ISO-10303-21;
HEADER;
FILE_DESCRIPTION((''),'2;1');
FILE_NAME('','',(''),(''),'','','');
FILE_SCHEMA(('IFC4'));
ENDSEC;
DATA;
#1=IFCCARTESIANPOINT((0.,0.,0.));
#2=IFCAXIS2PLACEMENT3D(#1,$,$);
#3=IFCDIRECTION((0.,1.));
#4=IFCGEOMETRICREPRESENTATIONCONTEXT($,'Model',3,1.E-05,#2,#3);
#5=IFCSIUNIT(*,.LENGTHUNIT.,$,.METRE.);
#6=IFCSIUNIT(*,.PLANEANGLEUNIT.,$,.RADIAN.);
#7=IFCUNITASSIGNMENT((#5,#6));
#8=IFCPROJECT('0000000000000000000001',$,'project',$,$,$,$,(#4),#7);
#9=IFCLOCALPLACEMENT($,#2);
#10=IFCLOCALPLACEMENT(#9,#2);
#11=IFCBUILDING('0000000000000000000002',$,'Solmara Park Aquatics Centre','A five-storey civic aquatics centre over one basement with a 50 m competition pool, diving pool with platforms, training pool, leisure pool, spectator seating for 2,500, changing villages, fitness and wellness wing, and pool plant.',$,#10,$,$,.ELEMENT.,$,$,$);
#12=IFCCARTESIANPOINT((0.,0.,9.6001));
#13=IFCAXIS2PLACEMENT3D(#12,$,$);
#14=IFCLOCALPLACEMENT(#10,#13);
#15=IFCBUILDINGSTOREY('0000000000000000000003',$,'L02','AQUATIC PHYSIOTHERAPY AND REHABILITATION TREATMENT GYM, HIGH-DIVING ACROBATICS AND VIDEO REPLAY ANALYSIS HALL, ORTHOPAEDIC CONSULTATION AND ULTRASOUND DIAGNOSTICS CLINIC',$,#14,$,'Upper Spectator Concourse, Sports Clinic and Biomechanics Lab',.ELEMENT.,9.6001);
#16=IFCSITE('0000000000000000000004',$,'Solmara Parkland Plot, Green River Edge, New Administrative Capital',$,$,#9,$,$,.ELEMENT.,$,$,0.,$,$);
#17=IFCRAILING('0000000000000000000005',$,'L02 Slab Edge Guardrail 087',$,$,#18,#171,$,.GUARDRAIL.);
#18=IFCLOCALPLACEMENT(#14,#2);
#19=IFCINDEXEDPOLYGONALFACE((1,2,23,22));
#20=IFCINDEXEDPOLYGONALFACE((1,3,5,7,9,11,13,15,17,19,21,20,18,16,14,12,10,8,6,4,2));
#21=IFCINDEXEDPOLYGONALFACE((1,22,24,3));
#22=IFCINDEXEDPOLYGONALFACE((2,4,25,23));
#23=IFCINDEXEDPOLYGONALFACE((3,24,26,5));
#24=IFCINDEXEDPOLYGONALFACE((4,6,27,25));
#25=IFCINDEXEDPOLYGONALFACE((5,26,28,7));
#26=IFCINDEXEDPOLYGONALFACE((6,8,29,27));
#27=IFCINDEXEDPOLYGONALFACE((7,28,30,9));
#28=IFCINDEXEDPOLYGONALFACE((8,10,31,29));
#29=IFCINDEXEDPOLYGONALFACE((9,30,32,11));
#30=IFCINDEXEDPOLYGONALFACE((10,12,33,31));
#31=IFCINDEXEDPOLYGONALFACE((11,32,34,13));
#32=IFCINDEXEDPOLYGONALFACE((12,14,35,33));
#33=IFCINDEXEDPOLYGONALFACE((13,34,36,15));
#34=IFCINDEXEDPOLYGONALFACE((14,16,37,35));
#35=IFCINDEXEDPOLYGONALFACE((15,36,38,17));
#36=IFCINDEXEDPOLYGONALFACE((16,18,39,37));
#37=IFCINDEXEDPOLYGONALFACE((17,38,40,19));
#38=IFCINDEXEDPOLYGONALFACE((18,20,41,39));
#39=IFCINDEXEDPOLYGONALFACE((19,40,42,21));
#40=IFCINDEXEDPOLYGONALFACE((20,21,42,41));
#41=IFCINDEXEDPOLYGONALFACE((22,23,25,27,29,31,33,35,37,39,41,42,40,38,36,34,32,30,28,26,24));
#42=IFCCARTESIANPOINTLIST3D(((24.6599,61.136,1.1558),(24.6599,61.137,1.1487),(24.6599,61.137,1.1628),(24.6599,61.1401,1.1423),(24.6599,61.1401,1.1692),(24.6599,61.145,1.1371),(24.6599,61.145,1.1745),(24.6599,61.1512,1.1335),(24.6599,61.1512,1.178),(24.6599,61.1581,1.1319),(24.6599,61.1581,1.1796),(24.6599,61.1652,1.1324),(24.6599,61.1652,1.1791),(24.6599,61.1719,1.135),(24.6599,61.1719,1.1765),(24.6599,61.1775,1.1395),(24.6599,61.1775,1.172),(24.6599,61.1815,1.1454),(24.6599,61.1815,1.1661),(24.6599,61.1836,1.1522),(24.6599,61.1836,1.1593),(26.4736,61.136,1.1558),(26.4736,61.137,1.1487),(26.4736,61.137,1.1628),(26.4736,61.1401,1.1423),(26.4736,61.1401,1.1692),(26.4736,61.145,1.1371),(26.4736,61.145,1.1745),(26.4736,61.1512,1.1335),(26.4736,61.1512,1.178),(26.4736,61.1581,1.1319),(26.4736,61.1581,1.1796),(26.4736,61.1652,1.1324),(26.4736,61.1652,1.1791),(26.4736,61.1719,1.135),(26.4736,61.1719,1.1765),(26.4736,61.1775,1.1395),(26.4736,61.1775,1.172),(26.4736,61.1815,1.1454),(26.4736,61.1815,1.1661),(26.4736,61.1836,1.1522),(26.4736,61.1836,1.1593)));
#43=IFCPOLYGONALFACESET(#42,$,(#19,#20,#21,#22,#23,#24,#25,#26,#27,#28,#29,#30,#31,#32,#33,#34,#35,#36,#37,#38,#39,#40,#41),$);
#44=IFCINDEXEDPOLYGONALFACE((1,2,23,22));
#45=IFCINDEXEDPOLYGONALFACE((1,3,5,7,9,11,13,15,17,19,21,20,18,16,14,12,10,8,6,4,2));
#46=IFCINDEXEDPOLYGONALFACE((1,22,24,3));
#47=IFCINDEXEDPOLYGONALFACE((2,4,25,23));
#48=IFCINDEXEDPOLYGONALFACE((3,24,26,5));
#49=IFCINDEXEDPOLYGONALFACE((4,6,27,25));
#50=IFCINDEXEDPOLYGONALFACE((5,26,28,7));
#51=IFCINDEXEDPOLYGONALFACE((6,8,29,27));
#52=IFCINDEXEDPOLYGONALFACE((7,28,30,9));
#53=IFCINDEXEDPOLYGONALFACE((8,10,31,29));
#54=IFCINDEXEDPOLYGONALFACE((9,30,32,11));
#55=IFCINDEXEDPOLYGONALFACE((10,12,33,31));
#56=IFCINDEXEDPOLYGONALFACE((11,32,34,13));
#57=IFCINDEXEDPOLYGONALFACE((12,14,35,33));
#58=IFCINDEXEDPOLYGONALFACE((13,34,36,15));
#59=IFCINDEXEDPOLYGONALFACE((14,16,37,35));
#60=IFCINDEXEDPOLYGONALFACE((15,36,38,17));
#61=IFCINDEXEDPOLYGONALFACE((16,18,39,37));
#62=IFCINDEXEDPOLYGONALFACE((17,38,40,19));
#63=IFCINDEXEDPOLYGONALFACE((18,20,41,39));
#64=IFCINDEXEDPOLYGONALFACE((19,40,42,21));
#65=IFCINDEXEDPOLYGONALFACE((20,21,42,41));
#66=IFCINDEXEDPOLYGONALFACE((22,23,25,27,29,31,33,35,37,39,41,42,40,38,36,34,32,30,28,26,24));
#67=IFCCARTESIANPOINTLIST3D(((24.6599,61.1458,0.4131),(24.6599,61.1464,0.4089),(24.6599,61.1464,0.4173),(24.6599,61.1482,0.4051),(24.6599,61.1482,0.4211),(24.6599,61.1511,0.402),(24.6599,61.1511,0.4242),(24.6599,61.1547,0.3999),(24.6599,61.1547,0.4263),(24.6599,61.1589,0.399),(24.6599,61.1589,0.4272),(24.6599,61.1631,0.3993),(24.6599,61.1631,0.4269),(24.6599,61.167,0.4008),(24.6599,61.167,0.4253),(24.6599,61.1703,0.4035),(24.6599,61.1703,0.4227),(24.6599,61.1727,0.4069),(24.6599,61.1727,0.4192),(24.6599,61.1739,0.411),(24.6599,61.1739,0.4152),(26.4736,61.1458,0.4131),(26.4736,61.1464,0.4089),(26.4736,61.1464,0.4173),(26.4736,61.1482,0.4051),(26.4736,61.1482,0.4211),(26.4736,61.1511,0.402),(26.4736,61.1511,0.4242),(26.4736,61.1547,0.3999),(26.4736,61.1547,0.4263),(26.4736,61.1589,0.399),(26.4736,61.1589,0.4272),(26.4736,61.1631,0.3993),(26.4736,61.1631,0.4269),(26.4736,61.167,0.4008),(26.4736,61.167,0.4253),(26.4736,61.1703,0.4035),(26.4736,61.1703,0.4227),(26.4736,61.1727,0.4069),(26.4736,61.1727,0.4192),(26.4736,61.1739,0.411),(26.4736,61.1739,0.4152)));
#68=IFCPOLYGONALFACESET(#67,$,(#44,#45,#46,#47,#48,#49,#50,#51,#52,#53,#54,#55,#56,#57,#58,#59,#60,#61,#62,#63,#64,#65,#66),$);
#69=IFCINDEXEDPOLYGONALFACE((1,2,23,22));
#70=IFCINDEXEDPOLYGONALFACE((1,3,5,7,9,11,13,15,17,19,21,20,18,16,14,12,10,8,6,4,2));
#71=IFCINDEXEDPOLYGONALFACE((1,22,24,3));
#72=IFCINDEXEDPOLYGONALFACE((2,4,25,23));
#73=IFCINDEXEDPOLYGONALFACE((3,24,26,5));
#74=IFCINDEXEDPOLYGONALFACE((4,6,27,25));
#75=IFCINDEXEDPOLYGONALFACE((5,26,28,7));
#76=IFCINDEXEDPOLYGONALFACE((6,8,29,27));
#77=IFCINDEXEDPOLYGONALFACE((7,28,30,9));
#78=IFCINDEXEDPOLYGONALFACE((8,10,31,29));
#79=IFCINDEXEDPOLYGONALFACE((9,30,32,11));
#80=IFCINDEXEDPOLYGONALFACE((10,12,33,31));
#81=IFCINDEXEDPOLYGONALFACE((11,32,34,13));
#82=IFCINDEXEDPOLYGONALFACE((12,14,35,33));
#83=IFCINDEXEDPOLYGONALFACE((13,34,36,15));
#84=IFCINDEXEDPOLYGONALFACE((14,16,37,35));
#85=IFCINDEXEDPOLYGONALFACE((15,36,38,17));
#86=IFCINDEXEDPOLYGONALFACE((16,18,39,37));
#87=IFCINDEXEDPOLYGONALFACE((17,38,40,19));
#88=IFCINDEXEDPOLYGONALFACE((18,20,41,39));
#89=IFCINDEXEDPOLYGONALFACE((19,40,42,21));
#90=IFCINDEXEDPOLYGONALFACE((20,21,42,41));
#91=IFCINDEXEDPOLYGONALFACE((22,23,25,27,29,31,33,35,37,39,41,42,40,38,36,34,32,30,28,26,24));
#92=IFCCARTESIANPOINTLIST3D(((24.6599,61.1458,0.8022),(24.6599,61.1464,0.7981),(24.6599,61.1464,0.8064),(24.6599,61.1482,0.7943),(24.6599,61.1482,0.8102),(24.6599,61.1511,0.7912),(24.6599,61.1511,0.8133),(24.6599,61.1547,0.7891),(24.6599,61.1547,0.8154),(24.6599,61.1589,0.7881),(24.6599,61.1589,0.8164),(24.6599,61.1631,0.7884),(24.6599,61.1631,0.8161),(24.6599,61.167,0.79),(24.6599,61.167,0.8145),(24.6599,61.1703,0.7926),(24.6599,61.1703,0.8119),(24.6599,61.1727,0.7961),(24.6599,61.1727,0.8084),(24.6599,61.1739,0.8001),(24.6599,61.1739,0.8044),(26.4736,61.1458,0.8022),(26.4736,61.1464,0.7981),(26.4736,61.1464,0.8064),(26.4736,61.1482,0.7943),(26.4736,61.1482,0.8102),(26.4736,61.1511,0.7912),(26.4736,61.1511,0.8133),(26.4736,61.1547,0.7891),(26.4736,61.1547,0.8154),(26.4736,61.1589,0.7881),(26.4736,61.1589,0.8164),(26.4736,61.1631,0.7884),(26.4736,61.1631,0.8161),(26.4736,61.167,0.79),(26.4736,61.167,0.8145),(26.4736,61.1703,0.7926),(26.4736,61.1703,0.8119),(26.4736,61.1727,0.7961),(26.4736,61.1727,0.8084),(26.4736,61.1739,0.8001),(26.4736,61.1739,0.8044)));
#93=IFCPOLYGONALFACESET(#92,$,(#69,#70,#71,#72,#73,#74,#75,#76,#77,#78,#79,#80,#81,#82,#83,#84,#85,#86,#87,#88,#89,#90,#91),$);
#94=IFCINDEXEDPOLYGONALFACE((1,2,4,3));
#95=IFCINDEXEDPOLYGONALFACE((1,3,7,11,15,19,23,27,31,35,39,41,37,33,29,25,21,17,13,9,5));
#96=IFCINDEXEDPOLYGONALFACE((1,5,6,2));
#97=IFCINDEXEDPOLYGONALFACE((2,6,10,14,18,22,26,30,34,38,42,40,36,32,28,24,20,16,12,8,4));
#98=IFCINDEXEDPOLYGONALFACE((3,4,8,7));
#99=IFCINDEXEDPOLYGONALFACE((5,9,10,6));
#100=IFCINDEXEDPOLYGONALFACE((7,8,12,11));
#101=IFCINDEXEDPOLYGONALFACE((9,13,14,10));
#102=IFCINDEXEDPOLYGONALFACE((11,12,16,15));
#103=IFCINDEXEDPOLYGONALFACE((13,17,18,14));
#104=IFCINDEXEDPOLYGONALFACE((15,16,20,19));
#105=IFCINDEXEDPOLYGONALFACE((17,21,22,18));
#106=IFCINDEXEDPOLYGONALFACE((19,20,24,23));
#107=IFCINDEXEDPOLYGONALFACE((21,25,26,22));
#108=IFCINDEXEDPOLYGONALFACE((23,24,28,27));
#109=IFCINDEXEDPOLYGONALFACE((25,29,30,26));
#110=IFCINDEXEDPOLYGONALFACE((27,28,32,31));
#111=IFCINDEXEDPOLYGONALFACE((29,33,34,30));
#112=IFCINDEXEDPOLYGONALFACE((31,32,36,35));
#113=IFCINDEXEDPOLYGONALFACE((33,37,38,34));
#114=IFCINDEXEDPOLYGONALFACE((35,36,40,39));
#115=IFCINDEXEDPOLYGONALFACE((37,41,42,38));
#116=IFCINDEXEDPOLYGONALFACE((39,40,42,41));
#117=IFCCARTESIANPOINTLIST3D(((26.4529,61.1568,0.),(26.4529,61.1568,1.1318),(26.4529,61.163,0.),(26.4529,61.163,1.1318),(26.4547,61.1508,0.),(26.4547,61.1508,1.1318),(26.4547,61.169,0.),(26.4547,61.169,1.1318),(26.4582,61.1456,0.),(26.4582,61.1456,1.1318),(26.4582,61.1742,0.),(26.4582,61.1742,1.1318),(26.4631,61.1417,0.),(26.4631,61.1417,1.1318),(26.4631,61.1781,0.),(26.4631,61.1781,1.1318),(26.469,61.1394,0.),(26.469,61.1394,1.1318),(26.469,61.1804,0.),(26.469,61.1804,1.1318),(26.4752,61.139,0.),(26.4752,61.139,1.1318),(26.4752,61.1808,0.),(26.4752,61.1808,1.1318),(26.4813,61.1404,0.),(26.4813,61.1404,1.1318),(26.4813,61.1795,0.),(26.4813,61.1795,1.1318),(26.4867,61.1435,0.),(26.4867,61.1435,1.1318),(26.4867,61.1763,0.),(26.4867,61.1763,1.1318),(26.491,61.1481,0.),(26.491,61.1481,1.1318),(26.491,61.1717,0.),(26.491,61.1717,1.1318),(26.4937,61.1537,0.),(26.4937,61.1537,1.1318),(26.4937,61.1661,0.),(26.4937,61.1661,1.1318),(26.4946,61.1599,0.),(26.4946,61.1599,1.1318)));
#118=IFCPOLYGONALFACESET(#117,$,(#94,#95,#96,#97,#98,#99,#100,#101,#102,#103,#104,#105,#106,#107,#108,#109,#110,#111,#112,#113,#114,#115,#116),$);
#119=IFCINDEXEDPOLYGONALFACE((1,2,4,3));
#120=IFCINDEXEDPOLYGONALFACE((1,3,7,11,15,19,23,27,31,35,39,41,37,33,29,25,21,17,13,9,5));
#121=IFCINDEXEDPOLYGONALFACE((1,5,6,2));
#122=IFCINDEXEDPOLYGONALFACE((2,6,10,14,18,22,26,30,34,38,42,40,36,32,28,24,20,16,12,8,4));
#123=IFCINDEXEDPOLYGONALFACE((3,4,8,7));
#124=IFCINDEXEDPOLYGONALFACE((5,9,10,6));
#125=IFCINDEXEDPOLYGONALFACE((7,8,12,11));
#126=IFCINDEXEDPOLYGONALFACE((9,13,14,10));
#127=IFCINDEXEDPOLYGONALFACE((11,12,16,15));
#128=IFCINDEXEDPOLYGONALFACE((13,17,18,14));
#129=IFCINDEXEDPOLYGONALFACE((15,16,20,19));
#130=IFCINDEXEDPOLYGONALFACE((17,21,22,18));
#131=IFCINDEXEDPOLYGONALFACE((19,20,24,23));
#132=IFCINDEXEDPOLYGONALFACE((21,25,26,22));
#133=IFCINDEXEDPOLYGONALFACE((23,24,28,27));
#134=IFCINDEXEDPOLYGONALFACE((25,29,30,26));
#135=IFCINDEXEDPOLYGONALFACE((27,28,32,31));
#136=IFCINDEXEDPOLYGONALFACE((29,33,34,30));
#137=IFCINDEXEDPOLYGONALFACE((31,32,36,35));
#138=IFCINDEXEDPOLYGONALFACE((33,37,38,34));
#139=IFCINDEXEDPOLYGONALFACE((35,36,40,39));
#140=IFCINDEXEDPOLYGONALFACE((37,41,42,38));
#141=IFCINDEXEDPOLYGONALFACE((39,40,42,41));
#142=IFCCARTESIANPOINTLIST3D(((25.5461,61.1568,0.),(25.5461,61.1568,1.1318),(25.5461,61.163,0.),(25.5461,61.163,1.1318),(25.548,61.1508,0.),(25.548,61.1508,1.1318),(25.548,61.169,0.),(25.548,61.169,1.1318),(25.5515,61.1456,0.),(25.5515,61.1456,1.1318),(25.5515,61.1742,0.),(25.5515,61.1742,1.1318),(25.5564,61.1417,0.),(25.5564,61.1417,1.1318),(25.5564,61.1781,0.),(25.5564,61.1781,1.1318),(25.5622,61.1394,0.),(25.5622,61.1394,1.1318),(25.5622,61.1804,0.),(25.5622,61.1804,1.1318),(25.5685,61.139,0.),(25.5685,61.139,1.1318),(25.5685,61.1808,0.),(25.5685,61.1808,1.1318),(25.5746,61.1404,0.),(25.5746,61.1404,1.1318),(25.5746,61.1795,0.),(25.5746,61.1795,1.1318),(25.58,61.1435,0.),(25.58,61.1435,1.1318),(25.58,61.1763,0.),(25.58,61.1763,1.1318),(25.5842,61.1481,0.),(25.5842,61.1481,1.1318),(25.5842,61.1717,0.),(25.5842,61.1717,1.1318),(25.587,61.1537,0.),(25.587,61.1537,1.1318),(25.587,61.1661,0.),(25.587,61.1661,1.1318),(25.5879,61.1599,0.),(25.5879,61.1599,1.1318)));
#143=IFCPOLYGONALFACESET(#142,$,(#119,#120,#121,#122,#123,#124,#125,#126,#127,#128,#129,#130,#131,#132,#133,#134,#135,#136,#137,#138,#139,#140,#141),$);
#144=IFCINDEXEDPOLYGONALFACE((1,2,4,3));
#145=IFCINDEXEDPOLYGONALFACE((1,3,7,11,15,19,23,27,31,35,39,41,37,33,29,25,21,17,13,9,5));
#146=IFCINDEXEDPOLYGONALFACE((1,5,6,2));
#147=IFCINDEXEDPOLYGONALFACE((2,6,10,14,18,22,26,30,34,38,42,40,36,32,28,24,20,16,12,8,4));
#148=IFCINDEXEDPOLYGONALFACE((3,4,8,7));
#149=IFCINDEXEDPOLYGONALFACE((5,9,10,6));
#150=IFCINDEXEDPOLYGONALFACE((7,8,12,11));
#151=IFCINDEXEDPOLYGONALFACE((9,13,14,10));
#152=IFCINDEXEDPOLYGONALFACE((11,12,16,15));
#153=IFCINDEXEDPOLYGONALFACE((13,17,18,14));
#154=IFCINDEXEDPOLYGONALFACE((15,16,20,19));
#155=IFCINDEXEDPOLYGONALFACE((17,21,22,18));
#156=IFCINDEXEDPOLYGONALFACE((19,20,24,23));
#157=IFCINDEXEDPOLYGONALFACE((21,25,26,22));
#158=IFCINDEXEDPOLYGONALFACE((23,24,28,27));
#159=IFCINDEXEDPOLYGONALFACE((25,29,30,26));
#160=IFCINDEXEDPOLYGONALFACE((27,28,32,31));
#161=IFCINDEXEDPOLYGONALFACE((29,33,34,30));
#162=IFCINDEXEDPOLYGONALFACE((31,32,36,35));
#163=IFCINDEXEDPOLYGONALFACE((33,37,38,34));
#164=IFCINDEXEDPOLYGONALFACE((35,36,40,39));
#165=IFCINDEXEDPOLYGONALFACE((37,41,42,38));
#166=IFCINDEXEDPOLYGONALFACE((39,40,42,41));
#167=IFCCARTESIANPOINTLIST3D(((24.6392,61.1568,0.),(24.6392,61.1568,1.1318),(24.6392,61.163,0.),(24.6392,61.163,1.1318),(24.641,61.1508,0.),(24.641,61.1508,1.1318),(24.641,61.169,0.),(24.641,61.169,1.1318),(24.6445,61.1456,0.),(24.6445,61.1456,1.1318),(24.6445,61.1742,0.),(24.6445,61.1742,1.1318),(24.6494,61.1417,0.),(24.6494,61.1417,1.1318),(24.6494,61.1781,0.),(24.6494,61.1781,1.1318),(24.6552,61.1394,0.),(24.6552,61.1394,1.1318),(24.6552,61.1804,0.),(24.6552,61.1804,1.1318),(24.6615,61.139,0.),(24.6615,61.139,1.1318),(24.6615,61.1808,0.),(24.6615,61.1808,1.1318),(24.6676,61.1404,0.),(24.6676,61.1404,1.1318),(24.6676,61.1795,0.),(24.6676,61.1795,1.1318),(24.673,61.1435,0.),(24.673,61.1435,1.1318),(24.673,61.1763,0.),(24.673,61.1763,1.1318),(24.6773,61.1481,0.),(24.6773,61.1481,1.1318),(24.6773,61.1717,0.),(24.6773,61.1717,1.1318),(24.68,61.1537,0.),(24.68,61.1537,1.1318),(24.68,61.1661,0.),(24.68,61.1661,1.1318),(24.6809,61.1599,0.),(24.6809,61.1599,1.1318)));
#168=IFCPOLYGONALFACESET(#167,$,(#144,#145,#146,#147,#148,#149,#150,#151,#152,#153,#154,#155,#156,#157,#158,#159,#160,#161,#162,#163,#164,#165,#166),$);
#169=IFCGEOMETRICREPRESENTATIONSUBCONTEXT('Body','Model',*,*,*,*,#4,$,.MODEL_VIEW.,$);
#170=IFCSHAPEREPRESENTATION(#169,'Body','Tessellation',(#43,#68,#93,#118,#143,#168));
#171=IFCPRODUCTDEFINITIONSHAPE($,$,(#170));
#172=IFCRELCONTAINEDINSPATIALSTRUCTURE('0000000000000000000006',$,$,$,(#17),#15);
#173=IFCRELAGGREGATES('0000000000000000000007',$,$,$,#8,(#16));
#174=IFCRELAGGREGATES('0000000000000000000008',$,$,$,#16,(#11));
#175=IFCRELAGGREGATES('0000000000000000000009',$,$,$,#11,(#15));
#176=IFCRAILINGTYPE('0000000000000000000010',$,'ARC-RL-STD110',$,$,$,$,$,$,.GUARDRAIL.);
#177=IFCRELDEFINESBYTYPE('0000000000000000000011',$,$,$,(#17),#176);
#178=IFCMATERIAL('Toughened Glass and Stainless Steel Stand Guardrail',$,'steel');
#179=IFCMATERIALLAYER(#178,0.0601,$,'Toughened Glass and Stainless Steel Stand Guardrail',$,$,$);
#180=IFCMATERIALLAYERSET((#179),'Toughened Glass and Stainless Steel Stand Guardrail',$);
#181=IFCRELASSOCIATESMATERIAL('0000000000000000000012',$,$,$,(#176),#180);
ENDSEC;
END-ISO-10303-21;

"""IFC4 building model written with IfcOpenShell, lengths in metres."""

from ifc_helpers import new_model, si_unit, direction, frame, origin, origin_2d, place, context, subcontext, project, spatial, circle, extrude, material, layer, layer_set, type_object, element, save


model = new_model("IFC4")

# Units and contexts
model_context = context("Model", 3, precision=1e-05, world=origin(), true_north=direction((0.0, 1.0)))
body_context = subcontext(model_context, "Body", "Model", "MODEL_VIEW")
ifc_project = project(units=[si_unit("LENGTHUNIT", "METRE"), si_unit("PLANEANGLEUNIT", "RADIAN")], contexts=[model_context])

# Site, building, storey
site_placement = place(None, origin())
site = spatial("IfcSite", under=ifc_project, at=site_placement, Name="Solmara Parkland Plot, Green River Edge, New Administrative Capital", CompositionType="ELEMENT", RefElevation=0.0)
building_placement = place(site_placement, origin())
building = spatial("IfcBuilding", under=site, at=building_placement, Name="Solmara Park Aquatics Centre", Description="A five-storey civic aquatics centre over one basement with a 50 m competition pool, diving pool with platforms, training pool, leisure pool, spectator seating for 2,500, changing villages, fitness and wellness wing, and pool plant.", CompositionType="ELEMENT")
storey_placement = place(building_placement, frame((0.0, 0.0, 9.6001)))
storey = spatial("IfcBuildingStorey", under=building, at=storey_placement, Name="L02", Description="AQUATIC PHYSIOTHERAPY AND REHABILITATION TREATMENT GYM, HIGH-DIVING ACROBATICS AND VIDEO REPLAY ANALYSIS HALL, ORTHOPAEDIC CONSULTATION AND ULTRASOUND DIAGNOSTICS CLINIC", LongName="Upper Spectator Concourse, Sports Clinic and Biomechanics Lab", CompositionType="ELEMENT", Elevation=9.6001)

# Railing
ifc_material_1 = material(Name="Toughened Glass and Stainless Steel Stand Guardrail", Category="steel")
ifc_layer_1 = layer(ifc_material_1, 0.0601, Name="Toughened Glass and Stainless Steel Stand Guardrail")
ifc_layer_set_1 = layer_set([ifc_layer_1], Name="Toughened Glass and Stainless Steel Stand Guardrail")
railing_type_1 = type_object("IfcRailingType", Name="ARC-RL-STD110", PredefinedType="GUARDRAIL", material=ifc_layer_set_1)
railing_1_placement = place(storey_placement, frame((26.4736, 61.1599, 0.0)))
element("IfcRailing", 1, at=railing_1_placement, inside=storey, type_object=railing_type_1, Name="L02 Slab Edge Guardrail 087", PredefinedType="GUARDRAIL", context=body_context, shape_type="SweptSolid", body=[
    extrude(circle(Radius=0.0239, at=origin_2d()), frame((0.0, 0.0, 1.1558), z_axis=(-1.0, 0.0, 0.0), x_axis=(0.0, -1.0, 0.0)), (0.0, 0.0, 1.0), 1.8137),
    extrude(circle(Radius=0.0142, at=origin_2d()), frame((0.0, 0.0, 0.4131), z_axis=(-1.0, 0.0, 0.0), x_axis=(0.0, -1.0, 0.0)), (0.0, 0.0, 1.0), 1.8137),
    extrude(circle(Radius=0.0142, at=origin_2d()), frame((0.0, 0.0, 0.8022), z_axis=(-1.0, 0.0, 0.0), x_axis=(0.0, -1.0, 0.0)), (0.0, 0.0, 1.0), 1.8137),
    extrude(circle(Radius=0.021, at=origin_2d()), origin(), (0.0, 0.0, 1.0), 1.1318),
    extrude(circle(Radius=0.021, at=origin_2d()), frame((-0.9067, 0.0, 0.0)), (0.0, 0.0, 1.0), 1.1318),
    extrude(circle(Radius=0.021, at=origin_2d()), frame((-1.8137, 0.0, 0.0)), (0.0, 0.0, 1.0), 1.1318),
])

save(model, "model.ifc")
